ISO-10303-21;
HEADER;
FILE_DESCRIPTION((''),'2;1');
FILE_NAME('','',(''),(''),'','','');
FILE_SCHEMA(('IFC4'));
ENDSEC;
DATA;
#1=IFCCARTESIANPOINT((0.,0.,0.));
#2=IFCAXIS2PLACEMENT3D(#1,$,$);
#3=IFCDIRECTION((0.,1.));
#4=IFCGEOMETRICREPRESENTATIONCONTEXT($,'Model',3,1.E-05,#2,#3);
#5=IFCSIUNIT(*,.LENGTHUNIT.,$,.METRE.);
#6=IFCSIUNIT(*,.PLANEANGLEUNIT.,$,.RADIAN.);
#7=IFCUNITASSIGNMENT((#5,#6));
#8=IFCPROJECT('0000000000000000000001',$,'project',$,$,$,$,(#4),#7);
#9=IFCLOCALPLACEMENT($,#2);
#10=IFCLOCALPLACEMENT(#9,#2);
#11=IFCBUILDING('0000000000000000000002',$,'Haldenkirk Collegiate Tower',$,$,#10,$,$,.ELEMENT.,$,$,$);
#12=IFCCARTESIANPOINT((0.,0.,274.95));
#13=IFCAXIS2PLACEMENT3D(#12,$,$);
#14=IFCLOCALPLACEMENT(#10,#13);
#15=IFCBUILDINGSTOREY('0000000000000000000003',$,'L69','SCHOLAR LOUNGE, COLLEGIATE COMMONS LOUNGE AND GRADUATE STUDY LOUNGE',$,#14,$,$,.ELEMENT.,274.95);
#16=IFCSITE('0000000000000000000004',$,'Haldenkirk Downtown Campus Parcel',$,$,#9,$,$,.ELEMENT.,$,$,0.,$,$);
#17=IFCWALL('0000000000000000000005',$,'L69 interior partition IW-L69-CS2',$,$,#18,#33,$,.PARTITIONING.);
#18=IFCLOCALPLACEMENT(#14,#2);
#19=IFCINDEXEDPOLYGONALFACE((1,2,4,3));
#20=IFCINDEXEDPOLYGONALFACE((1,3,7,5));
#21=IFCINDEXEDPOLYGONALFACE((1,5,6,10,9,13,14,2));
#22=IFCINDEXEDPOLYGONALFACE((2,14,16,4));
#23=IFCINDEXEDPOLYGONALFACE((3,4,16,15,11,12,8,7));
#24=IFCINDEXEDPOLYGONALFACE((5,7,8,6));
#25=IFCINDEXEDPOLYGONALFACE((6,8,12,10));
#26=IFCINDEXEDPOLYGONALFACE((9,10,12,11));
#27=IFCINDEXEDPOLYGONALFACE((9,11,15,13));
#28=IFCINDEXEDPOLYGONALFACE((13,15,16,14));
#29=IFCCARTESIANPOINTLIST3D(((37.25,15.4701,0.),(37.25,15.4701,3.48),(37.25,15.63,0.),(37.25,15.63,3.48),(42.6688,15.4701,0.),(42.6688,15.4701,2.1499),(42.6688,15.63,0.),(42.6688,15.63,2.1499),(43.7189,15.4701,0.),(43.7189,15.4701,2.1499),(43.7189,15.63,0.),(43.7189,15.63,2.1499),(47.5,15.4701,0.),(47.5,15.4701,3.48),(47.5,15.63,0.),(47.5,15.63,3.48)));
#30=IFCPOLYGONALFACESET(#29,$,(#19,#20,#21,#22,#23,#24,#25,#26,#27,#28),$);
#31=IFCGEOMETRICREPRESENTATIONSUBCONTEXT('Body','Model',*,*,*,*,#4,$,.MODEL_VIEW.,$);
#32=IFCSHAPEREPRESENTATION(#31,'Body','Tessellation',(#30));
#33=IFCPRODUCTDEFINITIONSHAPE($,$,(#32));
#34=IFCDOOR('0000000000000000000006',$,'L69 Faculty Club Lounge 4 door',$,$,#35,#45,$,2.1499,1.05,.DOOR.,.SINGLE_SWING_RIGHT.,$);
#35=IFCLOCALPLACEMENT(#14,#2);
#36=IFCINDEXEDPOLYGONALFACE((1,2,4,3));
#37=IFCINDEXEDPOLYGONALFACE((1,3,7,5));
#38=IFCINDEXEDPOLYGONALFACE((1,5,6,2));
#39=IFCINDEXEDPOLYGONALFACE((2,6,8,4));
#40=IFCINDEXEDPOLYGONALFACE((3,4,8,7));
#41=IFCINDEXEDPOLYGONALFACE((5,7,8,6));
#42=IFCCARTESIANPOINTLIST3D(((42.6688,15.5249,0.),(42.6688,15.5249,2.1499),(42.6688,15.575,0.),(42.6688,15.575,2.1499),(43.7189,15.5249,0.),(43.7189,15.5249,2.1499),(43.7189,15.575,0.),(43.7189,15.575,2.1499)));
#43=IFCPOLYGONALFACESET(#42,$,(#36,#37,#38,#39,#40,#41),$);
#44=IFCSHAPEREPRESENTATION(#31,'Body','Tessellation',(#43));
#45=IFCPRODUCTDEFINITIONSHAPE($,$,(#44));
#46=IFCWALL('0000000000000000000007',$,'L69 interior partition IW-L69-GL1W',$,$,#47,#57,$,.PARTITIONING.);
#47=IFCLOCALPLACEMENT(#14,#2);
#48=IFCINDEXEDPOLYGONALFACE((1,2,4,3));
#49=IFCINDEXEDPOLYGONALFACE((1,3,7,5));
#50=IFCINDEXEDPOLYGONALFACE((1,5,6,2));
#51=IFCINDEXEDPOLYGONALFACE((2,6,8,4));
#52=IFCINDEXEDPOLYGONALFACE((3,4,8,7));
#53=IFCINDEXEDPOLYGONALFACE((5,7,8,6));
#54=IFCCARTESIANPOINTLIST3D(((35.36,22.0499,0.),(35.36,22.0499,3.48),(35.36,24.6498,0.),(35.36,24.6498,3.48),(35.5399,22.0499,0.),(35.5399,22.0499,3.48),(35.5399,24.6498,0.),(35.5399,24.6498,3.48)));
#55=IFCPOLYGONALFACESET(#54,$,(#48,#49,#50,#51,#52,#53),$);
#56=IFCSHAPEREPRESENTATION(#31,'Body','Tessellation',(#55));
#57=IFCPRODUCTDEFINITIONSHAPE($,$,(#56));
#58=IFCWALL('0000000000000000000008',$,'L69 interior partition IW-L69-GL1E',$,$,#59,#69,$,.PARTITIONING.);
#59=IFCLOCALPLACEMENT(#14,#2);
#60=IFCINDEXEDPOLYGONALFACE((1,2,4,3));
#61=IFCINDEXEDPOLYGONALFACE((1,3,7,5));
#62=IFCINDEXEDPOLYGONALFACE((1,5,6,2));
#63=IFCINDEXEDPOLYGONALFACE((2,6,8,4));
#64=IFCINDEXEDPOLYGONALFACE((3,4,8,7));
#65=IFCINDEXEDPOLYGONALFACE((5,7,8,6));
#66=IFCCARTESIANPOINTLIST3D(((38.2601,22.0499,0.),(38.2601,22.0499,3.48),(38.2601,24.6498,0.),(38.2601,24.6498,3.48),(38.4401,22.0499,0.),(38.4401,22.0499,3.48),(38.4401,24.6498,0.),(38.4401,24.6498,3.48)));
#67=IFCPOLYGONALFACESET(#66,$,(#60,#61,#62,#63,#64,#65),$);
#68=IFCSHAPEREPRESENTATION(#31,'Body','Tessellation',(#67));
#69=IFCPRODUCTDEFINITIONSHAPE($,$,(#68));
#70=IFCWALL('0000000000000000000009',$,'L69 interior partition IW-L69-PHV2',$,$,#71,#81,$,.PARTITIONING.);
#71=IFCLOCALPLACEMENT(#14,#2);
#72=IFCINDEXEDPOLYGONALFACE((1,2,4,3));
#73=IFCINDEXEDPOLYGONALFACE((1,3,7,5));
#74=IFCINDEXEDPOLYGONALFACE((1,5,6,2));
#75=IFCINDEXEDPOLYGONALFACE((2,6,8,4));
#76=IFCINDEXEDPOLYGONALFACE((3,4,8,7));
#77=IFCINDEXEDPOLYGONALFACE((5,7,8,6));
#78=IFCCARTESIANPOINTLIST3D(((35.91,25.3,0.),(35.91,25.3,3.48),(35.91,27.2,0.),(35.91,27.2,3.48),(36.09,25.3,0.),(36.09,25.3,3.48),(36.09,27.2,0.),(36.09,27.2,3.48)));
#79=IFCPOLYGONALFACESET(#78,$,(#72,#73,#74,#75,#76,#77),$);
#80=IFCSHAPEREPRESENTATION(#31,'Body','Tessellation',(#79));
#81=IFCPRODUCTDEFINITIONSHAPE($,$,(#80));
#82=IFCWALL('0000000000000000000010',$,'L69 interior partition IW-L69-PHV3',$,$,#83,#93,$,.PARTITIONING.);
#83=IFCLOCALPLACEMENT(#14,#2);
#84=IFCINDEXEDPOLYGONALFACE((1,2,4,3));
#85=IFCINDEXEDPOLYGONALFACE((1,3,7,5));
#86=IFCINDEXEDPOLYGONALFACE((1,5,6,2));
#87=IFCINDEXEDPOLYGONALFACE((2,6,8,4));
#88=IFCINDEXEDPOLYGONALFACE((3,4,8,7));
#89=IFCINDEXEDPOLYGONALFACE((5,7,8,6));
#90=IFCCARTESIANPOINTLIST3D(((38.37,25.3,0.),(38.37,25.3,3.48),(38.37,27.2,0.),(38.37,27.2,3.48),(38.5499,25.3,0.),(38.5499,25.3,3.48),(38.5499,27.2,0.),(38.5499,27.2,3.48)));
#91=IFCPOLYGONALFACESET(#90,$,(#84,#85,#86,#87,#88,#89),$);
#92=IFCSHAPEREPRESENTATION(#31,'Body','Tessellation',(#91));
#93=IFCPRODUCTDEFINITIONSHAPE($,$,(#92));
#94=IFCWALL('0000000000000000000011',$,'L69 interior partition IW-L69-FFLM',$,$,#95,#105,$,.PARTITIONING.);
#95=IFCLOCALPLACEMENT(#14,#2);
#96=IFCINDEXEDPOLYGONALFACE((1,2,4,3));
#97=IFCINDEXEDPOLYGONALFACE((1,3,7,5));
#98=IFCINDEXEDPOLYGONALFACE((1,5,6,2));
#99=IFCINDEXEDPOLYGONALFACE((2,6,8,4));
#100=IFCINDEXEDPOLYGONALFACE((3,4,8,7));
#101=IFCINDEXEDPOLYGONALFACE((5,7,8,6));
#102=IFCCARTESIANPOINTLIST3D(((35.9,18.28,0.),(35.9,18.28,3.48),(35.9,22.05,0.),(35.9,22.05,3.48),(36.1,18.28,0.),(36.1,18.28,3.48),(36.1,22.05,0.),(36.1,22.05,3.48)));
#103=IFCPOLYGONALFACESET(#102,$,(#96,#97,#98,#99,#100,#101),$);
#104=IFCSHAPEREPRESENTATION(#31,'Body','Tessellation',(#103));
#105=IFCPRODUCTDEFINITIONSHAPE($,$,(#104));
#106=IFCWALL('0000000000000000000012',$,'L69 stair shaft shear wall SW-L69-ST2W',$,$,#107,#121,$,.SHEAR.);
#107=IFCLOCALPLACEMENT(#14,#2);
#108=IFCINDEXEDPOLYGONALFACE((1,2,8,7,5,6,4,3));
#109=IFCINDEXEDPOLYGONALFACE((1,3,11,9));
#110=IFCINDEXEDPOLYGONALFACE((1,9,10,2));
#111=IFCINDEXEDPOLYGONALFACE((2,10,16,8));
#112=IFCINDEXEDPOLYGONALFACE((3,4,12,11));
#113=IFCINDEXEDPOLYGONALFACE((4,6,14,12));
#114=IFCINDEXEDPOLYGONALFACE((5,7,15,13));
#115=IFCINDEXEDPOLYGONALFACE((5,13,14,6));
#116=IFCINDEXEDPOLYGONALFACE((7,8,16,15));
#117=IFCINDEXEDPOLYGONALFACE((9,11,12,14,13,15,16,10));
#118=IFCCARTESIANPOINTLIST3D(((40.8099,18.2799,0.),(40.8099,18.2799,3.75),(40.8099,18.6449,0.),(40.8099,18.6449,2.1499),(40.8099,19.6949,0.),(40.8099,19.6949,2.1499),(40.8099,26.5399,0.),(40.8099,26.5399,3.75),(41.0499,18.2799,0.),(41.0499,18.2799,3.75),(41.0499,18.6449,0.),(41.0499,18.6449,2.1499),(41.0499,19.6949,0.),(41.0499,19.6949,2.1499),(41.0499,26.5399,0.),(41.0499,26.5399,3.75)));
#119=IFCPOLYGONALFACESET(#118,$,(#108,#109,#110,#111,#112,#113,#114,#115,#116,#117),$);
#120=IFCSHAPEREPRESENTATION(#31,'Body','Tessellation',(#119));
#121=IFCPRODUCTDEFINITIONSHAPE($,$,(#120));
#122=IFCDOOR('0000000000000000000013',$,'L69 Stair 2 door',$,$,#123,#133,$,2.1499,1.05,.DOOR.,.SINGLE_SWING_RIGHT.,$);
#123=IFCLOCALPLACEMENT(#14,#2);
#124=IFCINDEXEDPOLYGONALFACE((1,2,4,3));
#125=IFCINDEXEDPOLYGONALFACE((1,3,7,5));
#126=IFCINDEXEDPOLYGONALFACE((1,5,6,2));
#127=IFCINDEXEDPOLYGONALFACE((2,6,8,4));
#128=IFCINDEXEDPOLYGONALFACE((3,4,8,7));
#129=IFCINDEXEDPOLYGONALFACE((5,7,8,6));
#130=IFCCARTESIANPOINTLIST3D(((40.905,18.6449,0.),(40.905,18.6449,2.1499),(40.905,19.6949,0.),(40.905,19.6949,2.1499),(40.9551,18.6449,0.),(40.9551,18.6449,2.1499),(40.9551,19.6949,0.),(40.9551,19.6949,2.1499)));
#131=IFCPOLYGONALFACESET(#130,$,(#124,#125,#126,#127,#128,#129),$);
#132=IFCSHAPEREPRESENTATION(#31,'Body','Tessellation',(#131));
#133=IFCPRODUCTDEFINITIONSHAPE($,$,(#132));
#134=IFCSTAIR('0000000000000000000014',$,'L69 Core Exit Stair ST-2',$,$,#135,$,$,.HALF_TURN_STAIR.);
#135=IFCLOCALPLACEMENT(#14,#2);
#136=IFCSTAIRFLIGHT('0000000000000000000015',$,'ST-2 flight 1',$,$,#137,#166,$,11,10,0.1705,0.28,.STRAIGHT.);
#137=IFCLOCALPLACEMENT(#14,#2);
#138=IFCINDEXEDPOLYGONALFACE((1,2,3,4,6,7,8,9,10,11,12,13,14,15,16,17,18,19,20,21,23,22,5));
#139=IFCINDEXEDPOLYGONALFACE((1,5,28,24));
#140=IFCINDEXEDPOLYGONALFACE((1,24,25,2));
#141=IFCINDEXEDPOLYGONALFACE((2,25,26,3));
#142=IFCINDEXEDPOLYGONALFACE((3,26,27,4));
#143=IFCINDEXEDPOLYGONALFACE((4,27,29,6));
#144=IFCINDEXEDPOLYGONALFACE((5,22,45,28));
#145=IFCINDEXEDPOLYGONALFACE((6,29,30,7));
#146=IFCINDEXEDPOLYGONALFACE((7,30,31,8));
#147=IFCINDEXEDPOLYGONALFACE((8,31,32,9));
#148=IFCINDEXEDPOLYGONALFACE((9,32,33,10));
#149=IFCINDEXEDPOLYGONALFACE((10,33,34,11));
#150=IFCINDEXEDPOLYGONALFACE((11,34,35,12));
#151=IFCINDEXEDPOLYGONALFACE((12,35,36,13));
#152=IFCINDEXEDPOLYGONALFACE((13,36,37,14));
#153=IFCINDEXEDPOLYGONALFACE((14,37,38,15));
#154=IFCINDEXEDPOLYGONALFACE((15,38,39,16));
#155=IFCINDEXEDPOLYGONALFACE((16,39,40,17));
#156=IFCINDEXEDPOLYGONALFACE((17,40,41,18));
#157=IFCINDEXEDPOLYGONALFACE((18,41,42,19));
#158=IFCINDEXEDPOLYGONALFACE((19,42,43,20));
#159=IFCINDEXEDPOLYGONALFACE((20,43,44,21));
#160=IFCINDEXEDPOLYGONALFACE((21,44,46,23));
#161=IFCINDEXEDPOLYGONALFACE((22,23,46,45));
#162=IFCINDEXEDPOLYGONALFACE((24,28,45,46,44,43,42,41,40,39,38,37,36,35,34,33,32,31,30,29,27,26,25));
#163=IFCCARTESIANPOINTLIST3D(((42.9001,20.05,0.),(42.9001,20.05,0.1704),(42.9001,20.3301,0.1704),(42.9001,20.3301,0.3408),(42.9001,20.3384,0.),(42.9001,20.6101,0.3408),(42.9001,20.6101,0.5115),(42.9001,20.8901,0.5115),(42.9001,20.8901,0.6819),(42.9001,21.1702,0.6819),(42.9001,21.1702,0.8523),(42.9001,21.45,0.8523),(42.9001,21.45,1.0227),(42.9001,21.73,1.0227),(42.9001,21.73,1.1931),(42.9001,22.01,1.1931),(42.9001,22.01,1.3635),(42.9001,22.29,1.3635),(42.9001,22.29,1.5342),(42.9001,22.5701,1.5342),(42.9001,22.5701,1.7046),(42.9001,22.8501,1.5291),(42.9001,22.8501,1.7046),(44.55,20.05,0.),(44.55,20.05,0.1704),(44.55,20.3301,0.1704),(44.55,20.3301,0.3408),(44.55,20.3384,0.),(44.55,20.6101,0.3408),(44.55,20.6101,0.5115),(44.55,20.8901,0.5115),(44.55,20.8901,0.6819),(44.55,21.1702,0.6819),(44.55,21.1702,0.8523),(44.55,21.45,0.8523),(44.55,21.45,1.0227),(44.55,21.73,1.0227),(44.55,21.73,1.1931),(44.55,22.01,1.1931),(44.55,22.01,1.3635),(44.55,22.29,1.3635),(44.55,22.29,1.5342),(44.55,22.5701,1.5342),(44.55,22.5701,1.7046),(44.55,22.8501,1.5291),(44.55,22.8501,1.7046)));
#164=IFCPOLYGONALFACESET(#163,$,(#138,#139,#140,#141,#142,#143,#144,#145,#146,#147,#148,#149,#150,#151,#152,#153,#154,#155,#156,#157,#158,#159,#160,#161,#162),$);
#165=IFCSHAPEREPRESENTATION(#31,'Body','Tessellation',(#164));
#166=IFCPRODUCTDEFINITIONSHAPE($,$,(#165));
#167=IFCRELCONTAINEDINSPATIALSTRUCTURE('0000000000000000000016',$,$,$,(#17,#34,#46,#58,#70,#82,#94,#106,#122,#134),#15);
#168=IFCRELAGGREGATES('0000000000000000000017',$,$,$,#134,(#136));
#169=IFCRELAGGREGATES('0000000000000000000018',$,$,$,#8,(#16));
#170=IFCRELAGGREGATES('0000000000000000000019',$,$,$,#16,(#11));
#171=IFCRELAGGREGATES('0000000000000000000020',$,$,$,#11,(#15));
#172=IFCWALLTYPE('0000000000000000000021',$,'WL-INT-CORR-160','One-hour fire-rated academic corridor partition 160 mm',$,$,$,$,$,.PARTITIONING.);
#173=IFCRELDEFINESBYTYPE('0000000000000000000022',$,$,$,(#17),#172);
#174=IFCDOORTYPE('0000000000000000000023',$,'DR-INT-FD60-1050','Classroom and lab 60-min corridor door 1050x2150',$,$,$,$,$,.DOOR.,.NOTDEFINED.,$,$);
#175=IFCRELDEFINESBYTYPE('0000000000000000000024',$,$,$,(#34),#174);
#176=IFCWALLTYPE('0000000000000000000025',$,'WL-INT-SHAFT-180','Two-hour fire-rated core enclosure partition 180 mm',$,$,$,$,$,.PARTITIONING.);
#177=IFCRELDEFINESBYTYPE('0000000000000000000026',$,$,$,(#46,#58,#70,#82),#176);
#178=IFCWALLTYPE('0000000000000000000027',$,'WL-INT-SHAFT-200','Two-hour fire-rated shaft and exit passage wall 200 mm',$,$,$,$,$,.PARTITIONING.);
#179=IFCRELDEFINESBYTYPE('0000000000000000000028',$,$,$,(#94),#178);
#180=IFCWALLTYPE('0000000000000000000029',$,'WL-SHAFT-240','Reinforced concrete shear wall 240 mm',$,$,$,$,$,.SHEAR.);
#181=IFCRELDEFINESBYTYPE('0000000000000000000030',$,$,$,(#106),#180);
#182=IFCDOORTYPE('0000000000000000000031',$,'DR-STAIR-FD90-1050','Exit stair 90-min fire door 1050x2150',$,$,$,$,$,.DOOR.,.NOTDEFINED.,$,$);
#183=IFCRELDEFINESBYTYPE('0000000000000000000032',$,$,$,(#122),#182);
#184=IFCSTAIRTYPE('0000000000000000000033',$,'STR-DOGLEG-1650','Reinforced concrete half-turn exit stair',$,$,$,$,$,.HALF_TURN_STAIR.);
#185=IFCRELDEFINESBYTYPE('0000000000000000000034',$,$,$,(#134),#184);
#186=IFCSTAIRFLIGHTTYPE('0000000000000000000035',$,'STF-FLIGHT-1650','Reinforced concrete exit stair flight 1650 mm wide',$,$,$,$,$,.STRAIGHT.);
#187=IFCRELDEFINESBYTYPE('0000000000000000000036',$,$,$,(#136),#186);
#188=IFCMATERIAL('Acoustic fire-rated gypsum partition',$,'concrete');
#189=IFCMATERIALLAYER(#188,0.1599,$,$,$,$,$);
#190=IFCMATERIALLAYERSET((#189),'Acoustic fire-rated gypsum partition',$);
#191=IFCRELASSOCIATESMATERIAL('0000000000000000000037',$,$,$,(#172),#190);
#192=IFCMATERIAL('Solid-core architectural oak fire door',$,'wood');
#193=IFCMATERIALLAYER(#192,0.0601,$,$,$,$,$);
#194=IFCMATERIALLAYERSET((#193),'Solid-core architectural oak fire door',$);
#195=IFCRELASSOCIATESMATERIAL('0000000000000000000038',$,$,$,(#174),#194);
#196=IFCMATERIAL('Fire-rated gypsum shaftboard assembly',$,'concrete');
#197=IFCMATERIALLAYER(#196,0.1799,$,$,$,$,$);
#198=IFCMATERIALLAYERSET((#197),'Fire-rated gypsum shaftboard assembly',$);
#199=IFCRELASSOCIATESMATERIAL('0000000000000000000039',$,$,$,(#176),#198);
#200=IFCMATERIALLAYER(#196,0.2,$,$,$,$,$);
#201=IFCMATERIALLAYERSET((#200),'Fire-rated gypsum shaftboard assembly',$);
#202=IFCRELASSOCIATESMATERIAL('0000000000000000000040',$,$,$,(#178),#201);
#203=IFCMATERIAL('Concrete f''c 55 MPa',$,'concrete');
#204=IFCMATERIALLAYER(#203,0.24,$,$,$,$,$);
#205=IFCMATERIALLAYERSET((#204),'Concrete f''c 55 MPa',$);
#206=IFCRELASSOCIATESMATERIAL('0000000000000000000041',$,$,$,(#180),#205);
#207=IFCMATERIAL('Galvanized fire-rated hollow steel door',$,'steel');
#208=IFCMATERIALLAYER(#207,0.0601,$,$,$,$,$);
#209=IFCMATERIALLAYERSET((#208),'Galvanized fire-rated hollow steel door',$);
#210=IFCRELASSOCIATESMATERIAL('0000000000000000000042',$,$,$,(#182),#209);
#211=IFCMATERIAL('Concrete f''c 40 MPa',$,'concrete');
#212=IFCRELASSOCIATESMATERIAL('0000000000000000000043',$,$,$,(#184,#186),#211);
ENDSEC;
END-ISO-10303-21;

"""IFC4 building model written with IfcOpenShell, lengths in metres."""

from ifc_helpers import new_model, si_unit, direction, frame, frame_2d, origin, place, context, subcontext, project, spatial, polyline, rectangle, outline, extrude, material, layer, layer_set, type_object, element, fill, aggregate, save


model = new_model("IFC4")

# Units and contexts
model_context = context("Model", 3, precision=1e-05, world=origin(), true_north=direction((0.0, 1.0)))
body_context = subcontext(model_context, "Body", "Model", "MODEL_VIEW")
ifc_project = project(units=[si_unit("LENGTHUNIT", "METRE"), si_unit("PLANEANGLEUNIT", "RADIAN")], contexts=[model_context])

# Site, building, storey
site_placement = place(None, origin())
site = spatial("IfcSite", under=ifc_project, at=site_placement, Name="Haldenkirk Downtown Campus Parcel", CompositionType="ELEMENT", RefElevation=0.0)
building_placement = place(site_placement, origin())
building = spatial("IfcBuilding", under=site, at=building_placement, Name="Haldenkirk Collegiate Tower", CompositionType="ELEMENT")
storey_placement = place(building_placement, frame((0.0, 0.0, 274.95)))
storey = spatial("IfcBuildingStorey", under=building, at=storey_placement, Name="L69", Description="SCHOLAR LOUNGE, COLLEGIATE COMMONS LOUNGE AND GRADUATE STUDY LOUNGE", CompositionType="ELEMENT", Elevation=274.95)

# Wall, opening, door
ifc_material_1 = material(Name="Acoustic fire-rated gypsum partition", Category="concrete")
ifc_layer_1 = layer(ifc_material_1, 0.1599)
ifc_layer_set_1 = layer_set([ifc_layer_1], Name="Acoustic fire-rated gypsum partition")
wall_type_1 = type_object("IfcWallType", Name="WL-INT-CORR-160", Description="One-hour fire-rated academic corridor partition 160 mm", PredefinedType="PARTITIONING", material=ifc_layer_set_1)
wall_1_placement = place(storey_placement, frame((37.25, 15.55, 0.0), z_axis=(0.0, 0.0, 1.0), x_axis=(1.0, 0.0, 0.0)))
wall_1 = element("IfcWall", 1, at=wall_1_placement, inside=storey, type_object=wall_type_1, Name="L69 interior partition IW-L69-CS2", PredefinedType="PARTITIONING", context=body_context, shape_type="SweptSolid", body=[
    extrude(rectangle(XDim=10.25, YDim=0.1599, at=frame_2d((5.125, 0.0))), origin(), (0.0, 0.0, 1.0), 3.48),
])
opening_1_placement = place(wall_1_placement, frame((5.4189, 0.0, 0.0)))
opening_1 = element("IfcOpeningElement", 2, at=opening_1_placement, cuts=wall_1, PredefinedType="OPENING", context=body_context, shape_type="SweptSolid", body=[
    extrude(rectangle(XDim=1.05, YDim=2.1499, at=frame_2d((0.5249, 1.075))), frame((0.0, 0.0898, 0.0), z_axis=(0.0, -1.0, 0.0), x_axis=(1.0, 0.0, 0.0)), (0.0, 0.0, 1.0), 0.1799),
])
ifc_material_2 = material(Name="Solid-core architectural oak fire door", Category="wood")
ifc_layer_2 = layer(ifc_material_2, 0.0601)
ifc_layer_set_2 = layer_set([ifc_layer_2], Name="Solid-core architectural oak fire door")
door_type_1 = type_object("IfcDoorType", Name="DR-INT-FD60-1050", Description="Classroom and lab 60-min corridor door 1050x2150", OperationType="NOTDEFINED", PredefinedType="DOOR", material=ifc_layer_set_2)
door_1_placement = place(opening_1_placement, origin())
door_1 = element("IfcDoor", 3, at=door_1_placement, inside=storey, type_object=door_type_1, Name="L69 Faculty Club Lounge 4 door", OperationType="SINGLE_SWING_RIGHT", OverallHeight=2.1499, OverallWidth=1.05, PredefinedType="DOOR", context=body_context, shape_type="SweptSolid", body=[
    extrude(rectangle(XDim=1.05, YDim=2.1499, at=frame_2d((0.5249, 1.075))), frame((0.0, 0.0249, 0.0), z_axis=(0.0, -1.0, 0.0), x_axis=(1.0, 0.0, 0.0)), (0.0, 0.0, 1.0), 0.05),
])
fill(opening_1, door_1)

# Walls
ifc_material_3 = material(Name="Fire-rated gypsum shaftboard assembly", Category="concrete")
ifc_layer_3 = layer(ifc_material_3, 0.1799)
ifc_layer_set_3 = layer_set([ifc_layer_3], Name="Fire-rated gypsum shaftboard assembly")
wall_type_2 = type_object("IfcWallType", Name="WL-INT-SHAFT-180", Description="Two-hour fire-rated core enclosure partition 180 mm", PredefinedType="PARTITIONING", material=ifc_layer_set_3)
for number, where, z_axis, x_axis, name in (
    (4, (35.45, 22.05, 0.0), (0.0, 0.0, 1.0), (0.0, 1.0, 0.0), "L69 interior partition IW-L69-GL1W"),
    (5, (38.3501, 22.05, 0.0), (0.0, 0.0, 1.0), (0.0, 1.0, 0.0), "L69 interior partition IW-L69-GL1E"),
):
    element("IfcWall", number, at=place(storey_placement, frame(where, z_axis=z_axis, x_axis=x_axis)), inside=storey, type_object=wall_type_2, Name=name, PredefinedType="PARTITIONING", context=body_context, shape_type="SweptSolid", body=[
        extrude(rectangle(XDim=2.5999, YDim=0.1799, at=frame_2d((1.2998, 0.0))), origin(), (0.0, 0.0, 1.0), 3.48),
    ])
for number, where, z_axis, x_axis, name in (
    (6, (36.0, 25.3, 0.0), (0.0, 0.0, 1.0), (0.0, 1.0, 0.0), "L69 interior partition IW-L69-PHV2"),
    (7, (38.46, 25.3, 0.0), (0.0, 0.0, 1.0), (0.0, 1.0, 0.0), "L69 interior partition IW-L69-PHV3"),
):
    element("IfcWall", number, at=place(storey_placement, frame(where, z_axis=z_axis, x_axis=x_axis)), inside=storey, type_object=wall_type_2, Name=name, PredefinedType="PARTITIONING", context=body_context, shape_type="SweptSolid", body=[
        extrude(rectangle(XDim=1.8999, YDim=0.1799, at=frame_2d((0.95, 0.0))), origin(), (0.0, 0.0, 1.0), 3.48),
    ])
ifc_layer_4 = layer(ifc_material_3, 0.2)
ifc_layer_set_4 = layer_set([ifc_layer_4], Name="Fire-rated gypsum shaftboard assembly")
wall_type_3 = type_object("IfcWallType", Name="WL-INT-SHAFT-200", Description="Two-hour fire-rated shaft and exit passage wall 200 mm", PredefinedType="PARTITIONING", material=ifc_layer_set_4)
wall_2_placement = place(storey_placement, frame((36.0, 18.28, 0.0), z_axis=(0.0, 0.0, 1.0), x_axis=(0.0, 1.0, 0.0)))
element("IfcWall", 8, at=wall_2_placement, inside=storey, type_object=wall_type_3, Name="L69 interior partition IW-L69-FFLM", PredefinedType="PARTITIONING", context=body_context, shape_type="SweptSolid", body=[
    extrude(rectangle(XDim=3.77, YDim=0.2, at=frame_2d((1.885, 0.0))), origin(), (0.0, 0.0, 1.0), 3.48),
])

# Wall, opening, door
ifc_material_4 = material(Name="Concrete f'c 55 MPa", Category="concrete")
ifc_layer_5 = layer(ifc_material_4, 0.24)
ifc_layer_set_5 = layer_set([ifc_layer_5], Name="Concrete f'c 55 MPa")
wall_type_4 = type_object("IfcWallType", Name="WL-SHAFT-240", Description="Reinforced concrete shear wall 240 mm", PredefinedType="SHEAR", material=ifc_layer_set_5)
wall_3_placement = place(storey_placement, frame((40.9299, 18.28, 0.0), z_axis=(0.0, 0.0, 1.0), x_axis=(0.0, 1.0, 0.0)))
wall_3 = element("IfcWall", 9, at=wall_3_placement, inside=storey, type_object=wall_type_4, Name="L69 stair shaft shear wall SW-L69-ST2W", PredefinedType="SHEAR", context=body_context, shape_type="SweptSolid", body=[
    extrude(rectangle(XDim=8.26, YDim=0.24, at=frame_2d((4.1299, 0.0))), origin(), (0.0, 0.0, 1.0), 3.75),
])
opening_2_placement = place(wall_3_placement, frame((0.365, 0.0, 0.0)))
opening_2 = element("IfcOpeningElement", 10, at=opening_2_placement, cuts=wall_3, PredefinedType="OPENING", context=body_context, shape_type="SweptSolid", body=[
    extrude(rectangle(XDim=1.05, YDim=2.1499, at=frame_2d((0.5249, 1.075))), frame((0.0, 0.1299, 0.0), z_axis=(0.0, -1.0, 0.0), x_axis=(1.0, 0.0, 0.0)), (0.0, 0.0, 1.0), 0.26),
])
ifc_material_5 = material(Name="Galvanized fire-rated hollow steel door", Category="steel")
ifc_layer_6 = layer(ifc_material_5, 0.0601)
ifc_layer_set_6 = layer_set([ifc_layer_6], Name="Galvanized fire-rated hollow steel door")
door_type_2 = type_object("IfcDoorType", Name="DR-STAIR-FD90-1050", Description="Exit stair 90-min fire door 1050x2150", OperationType="NOTDEFINED", PredefinedType="DOOR", material=ifc_layer_set_6)
door_2_placement = place(opening_2_placement, origin())
door_2 = element("IfcDoor", 11, at=door_2_placement, inside=storey, type_object=door_type_2, Name="L69 Stair 2 door", OperationType="SINGLE_SWING_RIGHT", OverallHeight=2.1499, OverallWidth=1.05, PredefinedType="DOOR", context=body_context, shape_type="SweptSolid", body=[
    extrude(rectangle(XDim=1.05, YDim=2.1499, at=frame_2d((0.5249, 1.075))), frame((0.0, 0.0249, 0.0), z_axis=(0.0, -1.0, 0.0), x_axis=(1.0, 0.0, 0.0)), (0.0, 0.0, 1.0), 0.05),
])
fill(opening_2, door_2)

# Stair, stair flight
ifc_material_6 = material(Name="Concrete f'c 40 MPa", Category="concrete")
stair_type = type_object("IfcStairType", Name="STR-DOGLEG-1650", Description="Reinforced concrete half-turn exit stair", PredefinedType="HALF_TURN_STAIR", material=ifc_material_6)
stair_placement = place(storey_placement, origin())
stair = element("IfcStair", 12, at=stair_placement, inside=storey, type_object=stair_type, Name="L69 Core Exit Stair ST-2", PredefinedType="HALF_TURN_STAIR")
stair_flight_type = type_object("IfcStairFlightType", Name="STF-FLIGHT-1650", Description="Reinforced concrete exit stair flight 1650 mm wide", PredefinedType="STRAIGHT", material=ifc_material_6)
stair_flight_1_placement = place(storey_placement, frame((43.7251, 20.05, 0.0), z_axis=(0.0, 0.0, 1.0), x_axis=(0.0, 1.0, 0.0)))
stair_flight_1 = element("IfcStairFlight", 13, at=stair_flight_1_placement, type_object=stair_flight_type, Name="ST-2 flight 1", NumberOfRisers=11, NumberOfTreads=10, PredefinedType="STRAIGHT", RiserHeight=0.1705, TreadLength=0.28, context=body_context, shape_type="SweptSolid", body=[
    extrude(outline(polyline([(0.0, 0.0), (0.0, 0.1704), (0.28, 0.1704), (0.28, 0.3408), (0.5601, 0.3408), (0.5601, 0.5115), (0.8401, 0.5115), (0.8401, 0.6819), (1.1201, 0.6819), (1.1201, 0.8523), (1.3999, 0.8523), (1.3999, 1.0227), (1.6799, 1.0227), (1.6799, 1.1931), (1.96, 1.1931), (1.96, 1.3635), (2.24, 1.3635), (2.24, 1.5342), (2.52, 1.5342), (2.52, 1.7046), (2.8, 1.7046), (2.8, 1.875), (2.8, 1.5291), (0.2883, 0.0), (0.0, 0.0)])), frame((0.0, 0.825, 0.0), z_axis=(0.0, -1.0, 0.0), x_axis=(1.0, 0.0, 0.0)), (0.0, 0.0, 1.0), 1.6499),
])
aggregate(stair, [stair_flight_1])

save(model, "model.ifc")
